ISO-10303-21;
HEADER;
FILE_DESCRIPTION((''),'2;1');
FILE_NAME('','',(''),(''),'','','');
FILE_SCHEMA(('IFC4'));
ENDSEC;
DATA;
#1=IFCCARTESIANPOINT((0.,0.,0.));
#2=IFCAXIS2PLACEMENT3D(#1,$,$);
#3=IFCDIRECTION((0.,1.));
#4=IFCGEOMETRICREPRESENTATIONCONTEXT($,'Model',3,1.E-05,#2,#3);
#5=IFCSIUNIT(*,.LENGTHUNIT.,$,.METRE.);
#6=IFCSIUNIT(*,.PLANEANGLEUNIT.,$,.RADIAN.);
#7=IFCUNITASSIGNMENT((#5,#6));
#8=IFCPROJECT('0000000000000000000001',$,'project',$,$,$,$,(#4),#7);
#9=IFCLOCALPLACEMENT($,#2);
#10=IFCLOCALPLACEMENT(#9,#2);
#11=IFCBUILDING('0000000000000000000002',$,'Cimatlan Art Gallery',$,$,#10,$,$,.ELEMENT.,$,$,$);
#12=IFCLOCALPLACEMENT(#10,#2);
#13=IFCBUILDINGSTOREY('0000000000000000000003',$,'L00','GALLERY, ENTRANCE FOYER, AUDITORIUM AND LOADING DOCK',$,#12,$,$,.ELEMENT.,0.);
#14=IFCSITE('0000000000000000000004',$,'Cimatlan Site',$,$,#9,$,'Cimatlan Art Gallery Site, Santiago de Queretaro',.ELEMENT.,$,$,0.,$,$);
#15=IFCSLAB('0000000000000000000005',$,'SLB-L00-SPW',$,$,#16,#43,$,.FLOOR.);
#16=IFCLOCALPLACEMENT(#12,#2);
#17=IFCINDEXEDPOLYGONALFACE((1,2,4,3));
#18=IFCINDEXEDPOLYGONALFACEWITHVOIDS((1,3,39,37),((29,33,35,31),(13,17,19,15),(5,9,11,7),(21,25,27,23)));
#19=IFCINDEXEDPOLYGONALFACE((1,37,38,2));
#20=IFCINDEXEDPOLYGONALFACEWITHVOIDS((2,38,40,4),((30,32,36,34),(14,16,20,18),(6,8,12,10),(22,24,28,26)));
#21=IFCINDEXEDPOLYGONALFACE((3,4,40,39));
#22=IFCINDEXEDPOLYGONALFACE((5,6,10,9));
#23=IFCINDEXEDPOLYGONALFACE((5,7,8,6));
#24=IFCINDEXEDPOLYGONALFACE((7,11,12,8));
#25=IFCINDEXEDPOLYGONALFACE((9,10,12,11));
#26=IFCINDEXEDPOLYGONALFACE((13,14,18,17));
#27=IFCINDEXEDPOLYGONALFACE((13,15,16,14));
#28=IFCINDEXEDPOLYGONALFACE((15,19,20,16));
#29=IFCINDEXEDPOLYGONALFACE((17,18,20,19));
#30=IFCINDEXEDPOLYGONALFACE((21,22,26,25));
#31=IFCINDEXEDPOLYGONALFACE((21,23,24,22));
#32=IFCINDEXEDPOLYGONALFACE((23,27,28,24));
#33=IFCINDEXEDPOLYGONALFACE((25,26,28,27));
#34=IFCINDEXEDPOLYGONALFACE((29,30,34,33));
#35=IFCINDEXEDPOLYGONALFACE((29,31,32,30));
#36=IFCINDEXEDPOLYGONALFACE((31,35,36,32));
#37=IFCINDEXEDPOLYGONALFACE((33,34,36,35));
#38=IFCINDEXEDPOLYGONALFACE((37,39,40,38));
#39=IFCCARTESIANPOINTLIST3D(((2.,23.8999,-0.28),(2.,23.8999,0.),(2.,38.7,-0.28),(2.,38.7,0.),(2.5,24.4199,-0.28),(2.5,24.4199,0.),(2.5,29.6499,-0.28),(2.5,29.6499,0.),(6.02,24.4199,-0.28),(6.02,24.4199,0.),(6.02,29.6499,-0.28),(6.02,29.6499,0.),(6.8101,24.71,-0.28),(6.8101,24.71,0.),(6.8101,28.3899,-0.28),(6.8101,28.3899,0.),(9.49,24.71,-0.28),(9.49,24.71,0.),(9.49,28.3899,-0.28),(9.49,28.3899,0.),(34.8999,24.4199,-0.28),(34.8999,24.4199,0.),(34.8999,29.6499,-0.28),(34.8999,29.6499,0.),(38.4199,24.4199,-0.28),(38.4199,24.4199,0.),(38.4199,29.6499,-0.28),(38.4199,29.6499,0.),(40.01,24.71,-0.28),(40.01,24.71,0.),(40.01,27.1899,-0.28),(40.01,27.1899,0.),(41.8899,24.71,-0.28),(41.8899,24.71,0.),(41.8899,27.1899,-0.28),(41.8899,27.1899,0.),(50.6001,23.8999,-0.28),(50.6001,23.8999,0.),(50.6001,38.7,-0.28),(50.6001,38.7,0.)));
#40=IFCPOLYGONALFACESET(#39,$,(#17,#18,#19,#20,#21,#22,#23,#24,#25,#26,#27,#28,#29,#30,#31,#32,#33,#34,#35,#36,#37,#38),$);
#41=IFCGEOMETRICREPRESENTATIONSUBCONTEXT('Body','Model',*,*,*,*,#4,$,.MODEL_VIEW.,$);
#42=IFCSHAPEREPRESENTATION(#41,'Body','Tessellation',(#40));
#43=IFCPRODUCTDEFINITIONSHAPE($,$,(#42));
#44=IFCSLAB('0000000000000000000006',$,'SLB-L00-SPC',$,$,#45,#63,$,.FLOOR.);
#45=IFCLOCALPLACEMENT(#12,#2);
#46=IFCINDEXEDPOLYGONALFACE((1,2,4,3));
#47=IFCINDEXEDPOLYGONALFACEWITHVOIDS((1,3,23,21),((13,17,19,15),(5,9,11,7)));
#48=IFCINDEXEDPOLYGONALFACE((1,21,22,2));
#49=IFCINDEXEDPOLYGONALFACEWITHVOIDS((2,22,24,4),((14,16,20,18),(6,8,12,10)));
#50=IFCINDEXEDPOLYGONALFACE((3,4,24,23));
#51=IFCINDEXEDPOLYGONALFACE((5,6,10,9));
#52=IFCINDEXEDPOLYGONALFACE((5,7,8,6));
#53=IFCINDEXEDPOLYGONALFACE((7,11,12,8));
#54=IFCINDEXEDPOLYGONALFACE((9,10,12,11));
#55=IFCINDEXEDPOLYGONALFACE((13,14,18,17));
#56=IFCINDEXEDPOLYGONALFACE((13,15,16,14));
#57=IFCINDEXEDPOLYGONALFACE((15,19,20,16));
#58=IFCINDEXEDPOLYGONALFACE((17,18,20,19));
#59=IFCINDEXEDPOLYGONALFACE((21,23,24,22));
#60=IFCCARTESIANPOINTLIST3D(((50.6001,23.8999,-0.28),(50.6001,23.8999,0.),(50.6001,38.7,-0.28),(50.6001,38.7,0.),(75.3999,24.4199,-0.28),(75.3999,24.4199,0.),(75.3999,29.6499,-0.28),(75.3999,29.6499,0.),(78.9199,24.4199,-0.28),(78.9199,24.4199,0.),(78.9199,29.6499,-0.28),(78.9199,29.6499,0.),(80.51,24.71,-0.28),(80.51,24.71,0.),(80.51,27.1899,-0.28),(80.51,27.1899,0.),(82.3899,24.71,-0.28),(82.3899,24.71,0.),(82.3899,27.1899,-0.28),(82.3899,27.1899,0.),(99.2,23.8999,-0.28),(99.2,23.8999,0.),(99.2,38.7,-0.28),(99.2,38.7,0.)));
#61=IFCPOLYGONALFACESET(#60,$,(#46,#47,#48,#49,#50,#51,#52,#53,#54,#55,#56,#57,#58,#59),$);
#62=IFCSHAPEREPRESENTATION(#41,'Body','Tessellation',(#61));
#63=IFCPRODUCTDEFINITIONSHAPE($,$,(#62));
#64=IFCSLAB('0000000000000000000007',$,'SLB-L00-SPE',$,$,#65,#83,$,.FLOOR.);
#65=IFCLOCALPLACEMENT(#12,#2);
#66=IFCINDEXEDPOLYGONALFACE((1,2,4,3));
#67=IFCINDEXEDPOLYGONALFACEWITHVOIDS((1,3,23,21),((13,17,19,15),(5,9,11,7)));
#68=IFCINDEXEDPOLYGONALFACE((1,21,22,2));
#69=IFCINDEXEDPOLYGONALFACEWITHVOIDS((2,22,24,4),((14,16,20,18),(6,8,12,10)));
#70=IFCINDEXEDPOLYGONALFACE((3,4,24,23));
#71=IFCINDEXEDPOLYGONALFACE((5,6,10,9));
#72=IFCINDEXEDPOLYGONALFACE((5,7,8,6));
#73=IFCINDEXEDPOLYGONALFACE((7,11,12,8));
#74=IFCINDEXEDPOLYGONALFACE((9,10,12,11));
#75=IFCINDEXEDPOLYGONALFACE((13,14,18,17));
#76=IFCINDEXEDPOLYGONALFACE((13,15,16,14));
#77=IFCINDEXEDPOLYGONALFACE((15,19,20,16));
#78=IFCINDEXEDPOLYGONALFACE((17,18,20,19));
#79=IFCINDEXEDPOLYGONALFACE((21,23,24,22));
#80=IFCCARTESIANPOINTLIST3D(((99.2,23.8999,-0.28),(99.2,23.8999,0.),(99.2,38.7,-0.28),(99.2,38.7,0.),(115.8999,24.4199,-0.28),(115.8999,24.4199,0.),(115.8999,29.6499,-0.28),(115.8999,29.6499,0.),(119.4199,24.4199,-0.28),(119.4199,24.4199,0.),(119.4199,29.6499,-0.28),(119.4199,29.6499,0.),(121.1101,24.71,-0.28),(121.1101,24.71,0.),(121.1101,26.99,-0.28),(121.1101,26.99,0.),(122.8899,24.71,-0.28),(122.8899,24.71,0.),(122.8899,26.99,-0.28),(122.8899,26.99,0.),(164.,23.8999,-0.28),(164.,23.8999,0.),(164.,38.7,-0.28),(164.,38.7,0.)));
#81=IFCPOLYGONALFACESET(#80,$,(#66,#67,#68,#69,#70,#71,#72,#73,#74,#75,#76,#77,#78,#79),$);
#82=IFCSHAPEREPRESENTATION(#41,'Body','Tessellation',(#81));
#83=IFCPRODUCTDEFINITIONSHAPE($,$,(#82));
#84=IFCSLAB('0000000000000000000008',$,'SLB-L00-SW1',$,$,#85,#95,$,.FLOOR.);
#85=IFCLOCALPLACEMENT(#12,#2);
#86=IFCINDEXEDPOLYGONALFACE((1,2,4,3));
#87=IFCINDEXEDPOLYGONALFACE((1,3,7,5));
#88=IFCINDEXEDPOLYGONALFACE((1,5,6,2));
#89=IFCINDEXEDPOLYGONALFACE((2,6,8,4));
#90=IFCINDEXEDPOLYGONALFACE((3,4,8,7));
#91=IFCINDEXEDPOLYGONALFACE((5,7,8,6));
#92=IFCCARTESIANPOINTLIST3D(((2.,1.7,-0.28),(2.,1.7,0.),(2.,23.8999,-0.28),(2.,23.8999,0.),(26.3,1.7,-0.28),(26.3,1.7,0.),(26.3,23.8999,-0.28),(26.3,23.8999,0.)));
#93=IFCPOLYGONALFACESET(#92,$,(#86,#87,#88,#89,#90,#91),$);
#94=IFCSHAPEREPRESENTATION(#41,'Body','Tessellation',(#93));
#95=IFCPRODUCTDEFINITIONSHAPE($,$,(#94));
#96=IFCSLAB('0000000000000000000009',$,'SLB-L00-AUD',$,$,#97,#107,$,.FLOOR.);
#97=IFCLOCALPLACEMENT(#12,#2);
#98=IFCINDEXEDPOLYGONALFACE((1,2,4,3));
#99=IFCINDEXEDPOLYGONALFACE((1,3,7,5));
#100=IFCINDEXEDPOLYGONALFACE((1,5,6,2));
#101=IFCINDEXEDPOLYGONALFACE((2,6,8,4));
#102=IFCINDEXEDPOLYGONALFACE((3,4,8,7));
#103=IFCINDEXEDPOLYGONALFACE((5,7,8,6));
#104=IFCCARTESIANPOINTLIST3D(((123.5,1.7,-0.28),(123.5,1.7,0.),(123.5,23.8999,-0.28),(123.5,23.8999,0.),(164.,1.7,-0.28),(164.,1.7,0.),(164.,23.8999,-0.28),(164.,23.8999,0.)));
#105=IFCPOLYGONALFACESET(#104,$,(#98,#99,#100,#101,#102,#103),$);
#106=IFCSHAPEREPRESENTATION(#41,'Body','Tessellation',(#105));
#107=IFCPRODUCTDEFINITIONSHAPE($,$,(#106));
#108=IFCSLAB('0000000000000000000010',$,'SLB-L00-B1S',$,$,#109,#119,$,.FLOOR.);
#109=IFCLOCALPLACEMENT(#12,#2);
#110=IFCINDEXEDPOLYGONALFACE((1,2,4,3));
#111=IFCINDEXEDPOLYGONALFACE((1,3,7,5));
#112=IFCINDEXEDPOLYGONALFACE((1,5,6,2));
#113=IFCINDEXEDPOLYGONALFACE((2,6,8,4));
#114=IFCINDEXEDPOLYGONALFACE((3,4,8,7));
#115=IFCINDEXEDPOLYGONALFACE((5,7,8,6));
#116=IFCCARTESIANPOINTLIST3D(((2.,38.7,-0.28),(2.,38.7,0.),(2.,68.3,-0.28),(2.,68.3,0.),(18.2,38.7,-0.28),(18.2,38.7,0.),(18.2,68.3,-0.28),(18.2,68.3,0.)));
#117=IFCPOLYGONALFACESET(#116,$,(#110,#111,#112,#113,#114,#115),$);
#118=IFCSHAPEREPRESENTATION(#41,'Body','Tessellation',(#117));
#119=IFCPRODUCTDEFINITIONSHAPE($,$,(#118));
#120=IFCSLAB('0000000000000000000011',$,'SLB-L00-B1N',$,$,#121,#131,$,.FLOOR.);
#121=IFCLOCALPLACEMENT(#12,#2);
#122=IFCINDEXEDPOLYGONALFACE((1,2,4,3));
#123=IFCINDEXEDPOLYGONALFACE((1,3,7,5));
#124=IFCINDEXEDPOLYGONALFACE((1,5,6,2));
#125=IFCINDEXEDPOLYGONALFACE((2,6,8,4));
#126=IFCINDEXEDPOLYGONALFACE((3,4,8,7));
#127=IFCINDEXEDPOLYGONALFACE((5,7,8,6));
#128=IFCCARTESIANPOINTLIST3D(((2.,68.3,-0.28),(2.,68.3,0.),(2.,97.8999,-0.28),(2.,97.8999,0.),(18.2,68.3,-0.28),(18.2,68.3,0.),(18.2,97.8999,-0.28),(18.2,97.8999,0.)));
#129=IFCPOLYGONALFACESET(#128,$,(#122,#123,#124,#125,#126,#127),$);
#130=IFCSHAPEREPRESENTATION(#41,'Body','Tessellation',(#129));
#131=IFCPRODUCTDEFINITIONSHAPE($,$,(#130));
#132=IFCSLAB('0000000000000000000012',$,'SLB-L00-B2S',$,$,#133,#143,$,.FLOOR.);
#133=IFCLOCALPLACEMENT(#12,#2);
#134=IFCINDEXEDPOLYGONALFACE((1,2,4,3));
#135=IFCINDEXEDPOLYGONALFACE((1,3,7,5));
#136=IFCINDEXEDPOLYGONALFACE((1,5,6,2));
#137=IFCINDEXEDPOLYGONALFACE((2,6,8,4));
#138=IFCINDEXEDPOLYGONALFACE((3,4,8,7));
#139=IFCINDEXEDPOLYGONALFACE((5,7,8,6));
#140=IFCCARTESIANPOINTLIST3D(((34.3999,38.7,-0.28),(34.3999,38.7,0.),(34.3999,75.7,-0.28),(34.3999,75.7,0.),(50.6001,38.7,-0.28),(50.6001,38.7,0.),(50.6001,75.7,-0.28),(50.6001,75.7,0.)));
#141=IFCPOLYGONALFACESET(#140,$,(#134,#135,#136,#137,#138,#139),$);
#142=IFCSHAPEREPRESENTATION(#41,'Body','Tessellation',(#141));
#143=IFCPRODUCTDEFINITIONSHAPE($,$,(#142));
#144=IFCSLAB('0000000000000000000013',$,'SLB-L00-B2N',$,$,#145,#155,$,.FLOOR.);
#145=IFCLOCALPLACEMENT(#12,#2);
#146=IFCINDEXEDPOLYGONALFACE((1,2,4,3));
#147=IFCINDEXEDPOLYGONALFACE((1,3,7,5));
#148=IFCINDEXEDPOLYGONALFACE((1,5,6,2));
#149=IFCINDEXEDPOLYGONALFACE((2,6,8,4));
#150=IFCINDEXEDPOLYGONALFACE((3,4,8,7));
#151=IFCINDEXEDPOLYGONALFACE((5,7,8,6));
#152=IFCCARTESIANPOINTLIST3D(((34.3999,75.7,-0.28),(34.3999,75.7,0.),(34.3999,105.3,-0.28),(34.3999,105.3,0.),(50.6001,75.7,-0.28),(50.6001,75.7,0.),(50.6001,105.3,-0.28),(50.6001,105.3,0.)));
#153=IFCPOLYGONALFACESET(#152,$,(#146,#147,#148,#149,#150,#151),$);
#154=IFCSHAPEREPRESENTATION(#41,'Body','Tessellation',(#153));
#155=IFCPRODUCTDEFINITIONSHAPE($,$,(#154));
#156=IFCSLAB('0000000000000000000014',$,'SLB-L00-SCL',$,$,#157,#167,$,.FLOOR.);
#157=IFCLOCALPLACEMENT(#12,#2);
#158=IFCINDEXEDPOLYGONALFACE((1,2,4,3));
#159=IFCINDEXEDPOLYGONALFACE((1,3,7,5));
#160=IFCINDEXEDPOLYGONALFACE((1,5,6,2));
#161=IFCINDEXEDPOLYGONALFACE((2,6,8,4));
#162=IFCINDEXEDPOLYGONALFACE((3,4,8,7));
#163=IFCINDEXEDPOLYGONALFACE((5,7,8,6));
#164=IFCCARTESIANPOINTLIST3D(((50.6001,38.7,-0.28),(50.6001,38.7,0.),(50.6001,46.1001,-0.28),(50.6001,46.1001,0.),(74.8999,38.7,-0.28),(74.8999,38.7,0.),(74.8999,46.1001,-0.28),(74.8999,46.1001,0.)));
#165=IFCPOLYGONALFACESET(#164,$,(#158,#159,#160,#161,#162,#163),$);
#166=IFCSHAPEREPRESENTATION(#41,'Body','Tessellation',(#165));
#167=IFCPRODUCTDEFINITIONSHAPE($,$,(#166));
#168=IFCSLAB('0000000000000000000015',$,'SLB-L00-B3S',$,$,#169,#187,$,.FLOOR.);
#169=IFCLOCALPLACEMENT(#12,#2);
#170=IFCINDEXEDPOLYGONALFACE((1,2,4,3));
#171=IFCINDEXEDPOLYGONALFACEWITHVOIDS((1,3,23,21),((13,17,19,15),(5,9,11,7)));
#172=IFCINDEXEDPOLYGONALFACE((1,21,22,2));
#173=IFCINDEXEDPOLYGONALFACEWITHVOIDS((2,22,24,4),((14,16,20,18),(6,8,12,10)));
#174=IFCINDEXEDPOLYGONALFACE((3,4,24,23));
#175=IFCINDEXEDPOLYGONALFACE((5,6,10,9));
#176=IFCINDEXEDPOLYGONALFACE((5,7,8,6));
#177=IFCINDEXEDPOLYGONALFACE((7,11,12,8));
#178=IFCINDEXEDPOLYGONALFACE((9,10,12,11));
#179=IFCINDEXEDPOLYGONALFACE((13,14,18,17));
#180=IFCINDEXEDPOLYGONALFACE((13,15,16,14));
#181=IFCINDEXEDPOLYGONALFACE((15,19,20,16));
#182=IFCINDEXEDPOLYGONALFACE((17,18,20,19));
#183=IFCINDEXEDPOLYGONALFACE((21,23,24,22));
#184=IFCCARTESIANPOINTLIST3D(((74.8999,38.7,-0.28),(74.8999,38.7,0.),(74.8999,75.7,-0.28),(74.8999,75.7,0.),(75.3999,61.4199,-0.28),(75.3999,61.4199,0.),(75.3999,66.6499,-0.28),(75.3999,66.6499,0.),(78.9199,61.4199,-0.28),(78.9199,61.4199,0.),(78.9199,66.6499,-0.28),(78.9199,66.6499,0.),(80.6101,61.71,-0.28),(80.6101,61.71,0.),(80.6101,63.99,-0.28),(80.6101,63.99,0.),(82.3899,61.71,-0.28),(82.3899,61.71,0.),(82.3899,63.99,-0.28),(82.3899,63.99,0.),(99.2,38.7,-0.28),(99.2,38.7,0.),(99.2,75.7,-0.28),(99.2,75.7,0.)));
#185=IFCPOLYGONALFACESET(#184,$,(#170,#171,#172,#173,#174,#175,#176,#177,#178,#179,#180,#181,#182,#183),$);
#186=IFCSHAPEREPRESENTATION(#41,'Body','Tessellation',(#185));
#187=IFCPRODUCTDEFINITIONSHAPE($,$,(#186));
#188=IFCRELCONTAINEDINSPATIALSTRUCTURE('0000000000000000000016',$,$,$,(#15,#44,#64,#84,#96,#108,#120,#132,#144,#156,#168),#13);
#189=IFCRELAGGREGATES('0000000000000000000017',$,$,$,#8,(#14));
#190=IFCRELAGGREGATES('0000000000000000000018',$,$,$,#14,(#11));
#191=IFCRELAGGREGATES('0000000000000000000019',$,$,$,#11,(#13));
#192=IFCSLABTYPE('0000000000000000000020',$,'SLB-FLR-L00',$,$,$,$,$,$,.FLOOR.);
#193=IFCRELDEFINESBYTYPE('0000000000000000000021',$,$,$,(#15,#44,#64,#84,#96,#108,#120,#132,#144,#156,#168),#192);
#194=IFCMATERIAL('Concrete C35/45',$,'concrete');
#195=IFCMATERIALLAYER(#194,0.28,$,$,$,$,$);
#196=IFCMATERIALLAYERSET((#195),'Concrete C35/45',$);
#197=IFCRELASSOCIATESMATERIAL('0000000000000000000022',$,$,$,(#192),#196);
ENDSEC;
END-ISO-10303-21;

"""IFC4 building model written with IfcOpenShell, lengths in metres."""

from ifc_helpers import new_model, si_unit, direction, frame, origin, place, context, subcontext, project, spatial, polyline, outline, extrude, material, layer, layer_set, type_object, element, save


model = new_model("IFC4")

# Units and contexts
model_context = context("Model", 3, precision=1e-05, world=origin(), true_north=direction((0.0, 1.0)))
body_context = subcontext(model_context, "Body", "Model", "MODEL_VIEW")
ifc_project = project(units=[si_unit("LENGTHUNIT", "METRE"), si_unit("PLANEANGLEUNIT", "RADIAN")], contexts=[model_context])

# Site, building, storey
site_placement = place(None, origin())
site = spatial("IfcSite", under=ifc_project, at=site_placement, Name="Cimatlan Site", LongName="Cimatlan Art Gallery Site, Santiago de Queretaro", CompositionType="ELEMENT", RefElevation=0.0)
building_placement = place(site_placement, origin())
building = spatial("IfcBuilding", under=site, at=building_placement, Name="Cimatlan Art Gallery", CompositionType="ELEMENT")
storey_placement = place(building_placement, origin())
storey = spatial("IfcBuildingStorey", under=building, at=storey_placement, Name="L00", Description="GALLERY, ENTRANCE FOYER, AUDITORIUM AND LOADING DOCK", CompositionType="ELEMENT", Elevation=0.0)

# Slabs
ifc_material = material(Name="Concrete C35/45", Category="concrete")
ifc_layer_1 = layer(ifc_material, 0.28)
ifc_layer_set_1 = layer_set([ifc_layer_1], Name="Concrete C35/45")
slab_type_1 = type_object("IfcSlabType", Name="SLB-FLR-L00", PredefinedType="FLOOR", material=ifc_layer_set_1)
slab_1_placement = place(storey_placement, frame((0.0, 0.0, -0.28)))
element("IfcSlab", 1, at=slab_1_placement, inside=storey, type_object=slab_type_1, Name="SLB-L00-SPW", PredefinedType="FLOOR", context=body_context, shape_type="SweptSolid", body=[
    extrude(outline(polyline([(2.0, 23.8999), (50.6001, 23.8999), (50.6001, 38.7), (2.0, 38.7), (2.0, 23.8999)]), holes=[polyline([(2.5, 24.4199), (6.02, 24.4199), (6.02, 29.6499), (2.5, 29.6499), (2.5, 24.4199)]), polyline([(6.8101, 24.71), (9.49, 24.71), (9.49, 28.3899), (6.8101, 28.3899), (6.8101, 24.71)]), polyline([(34.8999, 24.4199), (38.4199, 24.4199), (38.4199, 29.6499), (34.8999, 29.6499), (34.8999, 24.4199)]), polyline([(40.01, 24.71), (41.8899, 24.71), (41.8899, 27.1899), (40.01, 27.1899), (40.01, 24.71)])]), origin(), (0.0, 0.0, 1.0), 0.28),
])
slab_2_placement = place(storey_placement, frame((0.0, 0.0, -0.28)))
element("IfcSlab", 2, at=slab_2_placement, inside=storey, type_object=slab_type_1, Name="SLB-L00-SPC", PredefinedType="FLOOR", context=body_context, shape_type="SweptSolid", body=[
    extrude(outline(polyline([(50.6001, 23.8999), (99.2, 23.8999), (99.2, 38.7), (50.6001, 38.7), (50.6001, 23.8999)]), holes=[polyline([(75.3999, 24.4199), (78.9199, 24.4199), (78.9199, 29.6499), (75.3999, 29.6499), (75.3999, 24.4199)]), polyline([(80.51, 24.71), (82.3899, 24.71), (82.3899, 27.1899), (80.51, 27.1899), (80.51, 24.71)])]), origin(), (0.0, 0.0, 1.0), 0.28),
])
slab_3_placement = place(storey_placement, frame((0.0, 0.0, -0.28)))
element("IfcSlab", 3, at=slab_3_placement, inside=storey, type_object=slab_type_1, Name="SLB-L00-SPE", PredefinedType="FLOOR", context=body_context, shape_type="SweptSolid", body=[
    extrude(outline(polyline([(99.2, 23.8999), (164.0, 23.8999), (164.0, 38.7), (99.2, 38.7), (99.2, 23.8999)]), holes=[polyline([(115.8999, 24.4199), (119.4199, 24.4199), (119.4199, 29.6499), (115.8999, 29.6499), (115.8999, 24.4199)]), polyline([(121.1101, 24.71), (122.8899, 24.71), (122.8899, 26.99), (121.1101, 26.99), (121.1101, 24.71)])]), origin(), (0.0, 0.0, 1.0), 0.28),
])
slab_4_placement = place(storey_placement, frame((0.0, 0.0, -0.28)))
element("IfcSlab", 4, at=slab_4_placement, inside=storey, type_object=slab_type_1, Name="SLB-L00-SW1", PredefinedType="FLOOR", context=body_context, shape_type="SweptSolid", body=[
    extrude(outline(polyline([(2.0, 1.7), (26.3, 1.7), (26.3, 23.8999), (2.0, 23.8999), (2.0, 1.7)])), origin(), (0.0, 0.0, 1.0), 0.28),
])
slab_5_placement = place(storey_placement, frame((0.0, 0.0, -0.28)))
element("IfcSlab", 5, at=slab_5_placement, inside=storey, type_object=slab_type_1, Name="SLB-L00-AUD", PredefinedType="FLOOR", context=body_context, shape_type="SweptSolid", body=[
    extrude(outline(polyline([(123.5, 1.7), (164.0, 1.7), (164.0, 23.8999), (123.5, 23.8999), (123.5, 1.7)])), origin(), (0.0, 0.0, 1.0), 0.28),
])
slab_6_placement = place(storey_placement, frame((0.0, 0.0, -0.28)))
element("IfcSlab", 6, at=slab_6_placement, inside=storey, type_object=slab_type_1, Name="SLB-L00-B1S", PredefinedType="FLOOR", context=body_context, shape_type="SweptSolid", body=[
    extrude(outline(polyline([(2.0, 38.7), (18.2, 38.7), (18.2, 68.3), (2.0, 68.3), (2.0, 38.7)])), origin(), (0.0, 0.0, 1.0), 0.28),
])
slab_7_placement = place(storey_placement, frame((0.0, 0.0, -0.28)))
element("IfcSlab", 7, at=slab_7_placement, inside=storey, type_object=slab_type_1, Name="SLB-L00-B1N", PredefinedType="FLOOR", context=body_context, shape_type="SweptSolid", body=[
    extrude(outline(polyline([(2.0, 68.3), (18.2, 68.3), (18.2, 97.8999), (2.0, 97.8999), (2.0, 68.3)])), origin(), (0.0, 0.0, 1.0), 0.28),
])
slab_8_placement = place(storey_placement, frame((0.0, 0.0, -0.28)))
element("IfcSlab", 8, at=slab_8_placement, inside=storey, type_object=slab_type_1, Name="SLB-L00-B2S", PredefinedType="FLOOR", context=body_context, shape_type="SweptSolid", body=[
    extrude(outline(polyline([(34.3999, 38.7), (50.6001, 38.7), (50.6001, 75.7), (34.3999, 75.7), (34.3999, 38.7)])), origin(), (0.0, 0.0, 1.0), 0.28),
])
slab_9_placement = place(storey_placement, frame((0.0, 0.0, -0.28)))
element("IfcSlab", 9, at=slab_9_placement, inside=storey, type_object=slab_type_1, Name="SLB-L00-B2N", PredefinedType="FLOOR", context=body_context, shape_type="SweptSolid", body=[
    extrude(outline(polyline([(34.3999, 75.7), (50.6001, 75.7), (50.6001, 105.3), (34.3999, 105.3), (34.3999, 75.7)])), origin(), (0.0, 0.0, 1.0), 0.28),
])
slab_10_placement = place(storey_placement, frame((0.0, 0.0, -0.28)))
element("IfcSlab", 10, at=slab_10_placement, inside=storey, type_object=slab_type_1, Name="SLB-L00-SCL", PredefinedType="FLOOR", context=body_context, shape_type="SweptSolid", body=[
    extrude(outline(polyline([(50.6001, 38.7), (74.8999, 38.7), (74.8999, 46.1001), (50.6001, 46.1001), (50.6001, 38.7)])), origin(), (0.0, 0.0, 1.0), 0.28),
])
slab_11_placement = place(storey_placement, frame((0.0, 0.0, -0.28)))
element("IfcSlab", 11, at=slab_11_placement, inside=storey, type_object=slab_type_1, Name="SLB-L00-B3S", PredefinedType="FLOOR", context=body_context, shape_type="SweptSolid", body=[
    extrude(outline(polyline([(74.8999, 38.7), (99.2, 38.7), (99.2, 75.7), (74.8999, 75.7), (74.8999, 38.7)]), holes=[polyline([(75.3999, 61.4199), (78.9199, 61.4199), (78.9199, 66.6499), (75.3999, 66.6499), (75.3999, 61.4199)]), polyline([(80.6101, 61.71), (82.3899, 61.71), (82.3899, 63.99), (80.6101, 63.99), (80.6101, 61.71)])]), origin(), (0.0, 0.0, 1.0), 0.28),
])

save(model, "model.ifc")
